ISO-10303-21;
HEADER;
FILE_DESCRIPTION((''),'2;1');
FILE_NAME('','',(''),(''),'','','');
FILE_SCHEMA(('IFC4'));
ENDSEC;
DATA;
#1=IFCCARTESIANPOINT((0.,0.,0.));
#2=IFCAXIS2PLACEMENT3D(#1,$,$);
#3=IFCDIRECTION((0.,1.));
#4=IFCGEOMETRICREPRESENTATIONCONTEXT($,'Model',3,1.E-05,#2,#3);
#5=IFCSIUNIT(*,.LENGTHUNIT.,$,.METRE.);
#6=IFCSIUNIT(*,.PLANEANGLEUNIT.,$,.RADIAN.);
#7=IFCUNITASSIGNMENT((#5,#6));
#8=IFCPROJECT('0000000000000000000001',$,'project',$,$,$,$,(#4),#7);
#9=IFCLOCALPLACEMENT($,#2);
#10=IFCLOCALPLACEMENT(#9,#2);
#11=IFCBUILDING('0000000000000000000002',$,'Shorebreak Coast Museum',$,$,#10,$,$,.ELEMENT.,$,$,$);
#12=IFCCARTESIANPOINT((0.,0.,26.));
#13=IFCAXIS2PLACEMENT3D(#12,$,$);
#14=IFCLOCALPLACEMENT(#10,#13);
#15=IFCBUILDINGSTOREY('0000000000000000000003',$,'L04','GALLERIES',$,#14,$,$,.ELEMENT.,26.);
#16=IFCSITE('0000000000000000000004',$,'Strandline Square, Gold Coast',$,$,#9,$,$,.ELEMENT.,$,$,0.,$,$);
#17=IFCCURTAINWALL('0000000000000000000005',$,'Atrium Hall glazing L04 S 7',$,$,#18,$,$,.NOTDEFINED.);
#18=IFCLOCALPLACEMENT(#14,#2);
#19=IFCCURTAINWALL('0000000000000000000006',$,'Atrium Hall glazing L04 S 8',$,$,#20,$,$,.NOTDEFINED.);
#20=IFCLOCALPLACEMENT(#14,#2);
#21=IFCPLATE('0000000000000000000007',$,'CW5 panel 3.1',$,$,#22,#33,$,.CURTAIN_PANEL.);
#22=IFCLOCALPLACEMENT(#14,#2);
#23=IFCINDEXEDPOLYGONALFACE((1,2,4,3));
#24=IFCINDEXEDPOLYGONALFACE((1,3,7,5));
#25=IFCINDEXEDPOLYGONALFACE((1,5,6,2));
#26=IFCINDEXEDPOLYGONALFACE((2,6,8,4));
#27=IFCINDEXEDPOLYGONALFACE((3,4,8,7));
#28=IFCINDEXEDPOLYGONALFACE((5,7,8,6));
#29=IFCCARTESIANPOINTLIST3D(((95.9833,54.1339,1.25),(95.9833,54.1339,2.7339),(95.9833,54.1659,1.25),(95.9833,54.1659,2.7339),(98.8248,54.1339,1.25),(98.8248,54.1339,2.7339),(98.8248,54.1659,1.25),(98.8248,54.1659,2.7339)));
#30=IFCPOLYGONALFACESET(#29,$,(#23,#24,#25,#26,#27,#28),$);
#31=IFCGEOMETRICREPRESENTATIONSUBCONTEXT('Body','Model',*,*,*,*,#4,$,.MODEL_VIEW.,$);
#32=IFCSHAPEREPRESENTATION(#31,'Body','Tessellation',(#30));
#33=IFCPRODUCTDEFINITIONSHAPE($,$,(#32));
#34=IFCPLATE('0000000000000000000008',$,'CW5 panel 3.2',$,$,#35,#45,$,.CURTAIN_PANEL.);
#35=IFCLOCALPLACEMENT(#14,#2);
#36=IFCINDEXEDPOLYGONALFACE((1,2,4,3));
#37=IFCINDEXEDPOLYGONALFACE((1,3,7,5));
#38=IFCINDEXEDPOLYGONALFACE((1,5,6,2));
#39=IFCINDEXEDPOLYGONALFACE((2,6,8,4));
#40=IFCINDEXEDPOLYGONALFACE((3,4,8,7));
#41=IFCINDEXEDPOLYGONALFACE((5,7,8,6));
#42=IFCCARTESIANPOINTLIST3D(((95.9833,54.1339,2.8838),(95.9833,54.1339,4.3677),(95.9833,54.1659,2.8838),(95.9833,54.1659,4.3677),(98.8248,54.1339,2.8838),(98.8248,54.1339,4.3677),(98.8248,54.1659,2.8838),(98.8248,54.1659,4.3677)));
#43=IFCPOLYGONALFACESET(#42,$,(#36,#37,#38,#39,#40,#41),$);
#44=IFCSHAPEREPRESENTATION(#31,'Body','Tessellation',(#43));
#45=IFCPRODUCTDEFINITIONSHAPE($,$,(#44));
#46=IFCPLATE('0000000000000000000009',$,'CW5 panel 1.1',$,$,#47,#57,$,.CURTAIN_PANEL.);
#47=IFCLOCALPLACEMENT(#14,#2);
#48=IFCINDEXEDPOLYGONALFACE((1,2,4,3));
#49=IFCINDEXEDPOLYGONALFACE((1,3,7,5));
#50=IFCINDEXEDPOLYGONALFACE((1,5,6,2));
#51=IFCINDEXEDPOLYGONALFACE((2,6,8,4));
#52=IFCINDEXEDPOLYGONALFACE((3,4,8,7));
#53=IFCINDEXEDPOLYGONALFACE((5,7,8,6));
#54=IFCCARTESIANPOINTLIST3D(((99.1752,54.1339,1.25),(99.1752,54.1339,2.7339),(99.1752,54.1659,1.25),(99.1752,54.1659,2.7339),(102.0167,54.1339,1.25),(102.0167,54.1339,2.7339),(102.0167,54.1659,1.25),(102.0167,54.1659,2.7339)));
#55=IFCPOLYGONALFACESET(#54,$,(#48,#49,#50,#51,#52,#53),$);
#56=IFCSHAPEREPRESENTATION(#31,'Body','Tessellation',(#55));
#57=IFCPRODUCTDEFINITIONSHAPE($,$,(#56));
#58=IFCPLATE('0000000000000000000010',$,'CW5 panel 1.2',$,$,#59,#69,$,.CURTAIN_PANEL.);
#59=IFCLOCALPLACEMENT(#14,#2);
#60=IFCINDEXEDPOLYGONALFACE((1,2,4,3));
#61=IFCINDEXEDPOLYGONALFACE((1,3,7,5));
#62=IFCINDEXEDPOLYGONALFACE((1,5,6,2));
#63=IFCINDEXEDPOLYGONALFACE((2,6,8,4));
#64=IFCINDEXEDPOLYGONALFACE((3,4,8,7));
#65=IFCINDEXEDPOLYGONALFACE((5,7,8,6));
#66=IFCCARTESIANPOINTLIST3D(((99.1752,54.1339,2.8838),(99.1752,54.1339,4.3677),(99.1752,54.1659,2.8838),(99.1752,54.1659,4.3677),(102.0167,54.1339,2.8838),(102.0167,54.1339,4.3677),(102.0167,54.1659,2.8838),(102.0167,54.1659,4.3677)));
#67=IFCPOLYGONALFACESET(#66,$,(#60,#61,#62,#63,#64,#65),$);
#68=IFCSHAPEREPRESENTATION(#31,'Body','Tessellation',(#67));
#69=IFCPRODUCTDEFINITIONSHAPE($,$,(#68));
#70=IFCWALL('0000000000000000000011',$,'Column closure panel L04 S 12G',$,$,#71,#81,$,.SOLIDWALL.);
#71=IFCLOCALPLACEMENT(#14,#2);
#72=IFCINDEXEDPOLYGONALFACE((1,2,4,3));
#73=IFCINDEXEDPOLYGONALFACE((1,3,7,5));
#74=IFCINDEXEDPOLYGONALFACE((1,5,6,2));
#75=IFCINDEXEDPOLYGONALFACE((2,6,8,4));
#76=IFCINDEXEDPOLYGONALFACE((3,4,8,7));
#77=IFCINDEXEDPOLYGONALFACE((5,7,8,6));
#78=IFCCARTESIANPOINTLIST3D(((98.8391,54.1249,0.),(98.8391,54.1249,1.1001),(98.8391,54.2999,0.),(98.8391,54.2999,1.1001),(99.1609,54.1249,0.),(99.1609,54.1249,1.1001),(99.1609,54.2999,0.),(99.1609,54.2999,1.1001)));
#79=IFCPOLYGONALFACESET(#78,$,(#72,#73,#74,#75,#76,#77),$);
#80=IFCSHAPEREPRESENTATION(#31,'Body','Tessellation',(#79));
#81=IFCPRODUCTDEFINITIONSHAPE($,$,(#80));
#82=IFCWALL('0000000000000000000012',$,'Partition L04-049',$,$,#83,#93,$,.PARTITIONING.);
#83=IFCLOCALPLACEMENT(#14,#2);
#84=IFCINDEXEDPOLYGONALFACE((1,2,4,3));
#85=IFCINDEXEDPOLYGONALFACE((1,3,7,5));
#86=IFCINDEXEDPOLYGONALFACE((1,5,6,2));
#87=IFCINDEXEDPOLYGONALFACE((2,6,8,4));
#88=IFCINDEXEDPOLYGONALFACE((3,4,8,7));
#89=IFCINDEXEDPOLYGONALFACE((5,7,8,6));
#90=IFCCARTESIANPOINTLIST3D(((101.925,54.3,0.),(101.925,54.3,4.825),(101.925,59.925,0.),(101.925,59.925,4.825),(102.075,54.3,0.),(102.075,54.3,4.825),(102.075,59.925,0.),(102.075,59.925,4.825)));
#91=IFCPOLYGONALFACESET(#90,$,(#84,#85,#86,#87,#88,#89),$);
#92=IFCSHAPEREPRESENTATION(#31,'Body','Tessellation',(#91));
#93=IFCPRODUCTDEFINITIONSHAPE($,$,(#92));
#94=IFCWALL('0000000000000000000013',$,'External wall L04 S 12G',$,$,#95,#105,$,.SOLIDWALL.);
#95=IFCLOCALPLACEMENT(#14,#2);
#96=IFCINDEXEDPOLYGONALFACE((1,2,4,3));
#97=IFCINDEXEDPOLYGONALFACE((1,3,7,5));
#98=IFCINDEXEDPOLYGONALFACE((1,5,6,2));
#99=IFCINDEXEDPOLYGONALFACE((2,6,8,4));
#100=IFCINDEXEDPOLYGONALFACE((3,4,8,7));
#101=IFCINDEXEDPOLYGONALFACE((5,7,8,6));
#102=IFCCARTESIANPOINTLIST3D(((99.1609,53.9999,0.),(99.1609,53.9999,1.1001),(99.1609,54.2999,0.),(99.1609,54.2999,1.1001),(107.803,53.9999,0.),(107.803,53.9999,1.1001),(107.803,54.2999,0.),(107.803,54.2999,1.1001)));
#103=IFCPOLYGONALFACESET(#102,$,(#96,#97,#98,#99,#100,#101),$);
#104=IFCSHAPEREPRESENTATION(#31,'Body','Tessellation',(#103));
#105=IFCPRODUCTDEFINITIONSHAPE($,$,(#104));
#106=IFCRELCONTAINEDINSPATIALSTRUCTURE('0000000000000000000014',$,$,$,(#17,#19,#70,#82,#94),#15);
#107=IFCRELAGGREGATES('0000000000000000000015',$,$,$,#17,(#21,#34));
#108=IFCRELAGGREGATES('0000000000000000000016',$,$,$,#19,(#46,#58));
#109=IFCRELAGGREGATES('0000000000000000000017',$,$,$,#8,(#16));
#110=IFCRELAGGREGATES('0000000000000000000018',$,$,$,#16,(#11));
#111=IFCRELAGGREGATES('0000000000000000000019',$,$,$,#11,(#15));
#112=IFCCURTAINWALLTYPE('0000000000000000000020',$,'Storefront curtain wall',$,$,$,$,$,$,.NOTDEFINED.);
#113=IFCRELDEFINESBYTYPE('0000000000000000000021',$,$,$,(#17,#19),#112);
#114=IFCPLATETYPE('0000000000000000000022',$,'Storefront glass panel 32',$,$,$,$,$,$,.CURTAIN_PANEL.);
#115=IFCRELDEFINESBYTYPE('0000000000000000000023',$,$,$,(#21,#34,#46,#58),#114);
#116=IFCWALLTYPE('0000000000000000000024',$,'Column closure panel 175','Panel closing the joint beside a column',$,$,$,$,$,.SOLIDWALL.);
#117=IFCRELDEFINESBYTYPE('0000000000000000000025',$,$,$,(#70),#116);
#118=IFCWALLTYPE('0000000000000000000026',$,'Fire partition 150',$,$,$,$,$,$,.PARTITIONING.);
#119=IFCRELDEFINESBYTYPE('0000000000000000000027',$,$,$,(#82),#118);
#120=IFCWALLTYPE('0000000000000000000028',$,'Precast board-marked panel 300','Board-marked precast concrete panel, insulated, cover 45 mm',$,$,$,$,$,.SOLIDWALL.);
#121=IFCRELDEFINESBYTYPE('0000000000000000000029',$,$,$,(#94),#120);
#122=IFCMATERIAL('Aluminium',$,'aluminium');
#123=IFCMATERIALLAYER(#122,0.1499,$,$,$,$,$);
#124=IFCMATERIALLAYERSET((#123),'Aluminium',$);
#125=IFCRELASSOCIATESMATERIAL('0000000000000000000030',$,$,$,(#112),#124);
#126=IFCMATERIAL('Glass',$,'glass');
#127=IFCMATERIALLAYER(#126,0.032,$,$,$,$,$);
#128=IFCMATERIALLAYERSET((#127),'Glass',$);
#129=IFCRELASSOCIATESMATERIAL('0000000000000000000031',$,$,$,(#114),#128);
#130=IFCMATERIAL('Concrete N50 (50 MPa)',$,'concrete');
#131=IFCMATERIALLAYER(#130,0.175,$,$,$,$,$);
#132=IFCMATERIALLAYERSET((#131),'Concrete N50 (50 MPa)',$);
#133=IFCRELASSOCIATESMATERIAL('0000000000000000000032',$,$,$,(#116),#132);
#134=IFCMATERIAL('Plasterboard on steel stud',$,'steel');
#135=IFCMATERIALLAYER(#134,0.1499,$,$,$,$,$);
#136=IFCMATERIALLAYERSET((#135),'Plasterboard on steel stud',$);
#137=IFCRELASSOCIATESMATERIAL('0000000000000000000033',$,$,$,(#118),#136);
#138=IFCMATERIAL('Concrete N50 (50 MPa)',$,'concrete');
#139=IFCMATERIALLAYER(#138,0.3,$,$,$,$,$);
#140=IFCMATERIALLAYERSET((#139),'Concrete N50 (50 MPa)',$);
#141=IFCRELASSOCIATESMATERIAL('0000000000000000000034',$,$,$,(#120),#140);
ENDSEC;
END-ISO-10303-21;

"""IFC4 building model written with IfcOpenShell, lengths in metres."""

from ifc_helpers import new_model, si_unit, direction, frame, frame_2d, origin, origin_2d, place, context, subcontext, project, spatial, rectangle, extrude, material, layer, layer_set, type_object, element, aggregate, save


model = new_model("IFC4")

# Units and contexts
model_context = context("Model", 3, precision=1e-05, world=origin(), true_north=direction((0.0, 1.0)))
body_context = subcontext(model_context, "Body", "Model", "MODEL_VIEW")
ifc_project = project(units=[si_unit("LENGTHUNIT", "METRE"), si_unit("PLANEANGLEUNIT", "RADIAN")], contexts=[model_context])

# Site, building, storey
site_placement = place(None, origin())
site = spatial("IfcSite", under=ifc_project, at=site_placement, Name="Strandline Square, Gold Coast", CompositionType="ELEMENT", RefElevation=0.0)
building_placement = place(site_placement, origin())
building = spatial("IfcBuilding", under=site, at=building_placement, Name="Shorebreak Coast Museum", CompositionType="ELEMENT")
storey_placement = place(building_placement, frame((0.0, 0.0, 26.0)))
storey = spatial("IfcBuildingStorey", under=building, at=storey_placement, Name="L04", Description="GALLERIES", CompositionType="ELEMENT", Elevation=26.0)

# Curtain wall
ifc_material_1 = material(Name="Aluminium", Category="aluminium")
ifc_layer_1 = layer(ifc_material_1, 0.1499)
ifc_layer_set_1 = layer_set([ifc_layer_1], Name="Aluminium")
curtain_wall_type_1 = type_object("IfcCurtainWallType", Name="Storefront curtain wall", PredefinedType="NOTDEFINED", material=ifc_layer_set_1)
curtain_wall_1_placement = place(storey_placement, origin())
curtain_wall_1 = element("IfcCurtainWall", 1, at=curtain_wall_1_placement, inside=storey, type_object=curtain_wall_type_1, Name="Atrium Hall glazing L04 S 7", PredefinedType="NOTDEFINED")

# Curtain wall
curtain_wall_2_placement = place(storey_placement, origin())
curtain_wall_2 = element("IfcCurtainWall", 2, at=curtain_wall_2_placement, inside=storey, type_object=curtain_wall_type_1, Name="Atrium Hall glazing L04 S 8", PredefinedType="NOTDEFINED")

# Plates
ifc_material_2 = material(Name="Glass", Category="glass")
ifc_layer_2 = layer(ifc_material_2, 0.032)
ifc_layer_set_2 = layer_set([ifc_layer_2], Name="Glass")
plate_type_1 = type_object("IfcPlateType", Name="Storefront glass panel 32", PredefinedType="CURTAIN_PANEL", material=ifc_layer_set_2)
plate_1_placement = place(storey_placement, frame((97.4041, 54.1499, 1.25), z_axis=(0.0, 0.0, 1.0), x_axis=(1.0, 0.0, 0.0)))
plate_1 = element("IfcPlate", 3, at=plate_1_placement, type_object=plate_type_1, Name="CW5 panel 3.1", PredefinedType="CURTAIN_PANEL", context=body_context, shape_type="SweptSolid", body=[
    extrude(rectangle(XDim=2.8416, YDim=0.032, at=origin_2d()), origin(), (0.0, 0.0, 1.0), 1.4839),
])
plate_2_placement = place(storey_placement, frame((97.4041, 54.1499, 2.8838), z_axis=(0.0, 0.0, 1.0), x_axis=(1.0, 0.0, 0.0)))
plate_2 = element("IfcPlate", 4, at=plate_2_placement, type_object=plate_type_1, Name="CW5 panel 3.2", PredefinedType="CURTAIN_PANEL", context=body_context, shape_type="SweptSolid", body=[
    extrude(rectangle(XDim=2.8416, YDim=0.032, at=origin_2d()), origin(), (0.0, 0.0, 1.0), 1.4839),
])
aggregate(curtain_wall_1, [plate_1, plate_2])
plate_3_placement = place(storey_placement, frame((100.5959, 54.1499, 1.25), z_axis=(0.0, 0.0, 1.0), x_axis=(1.0, 0.0, 0.0)))
plate_3 = element("IfcPlate", 5, at=plate_3_placement, type_object=plate_type_1, Name="CW5 panel 1.1", PredefinedType="CURTAIN_PANEL", context=body_context, shape_type="SweptSolid", body=[
    extrude(rectangle(XDim=2.8416, YDim=0.032, at=origin_2d()), origin(), (0.0, 0.0, 1.0), 1.4839),
])
plate_4_placement = place(storey_placement, frame((100.5959, 54.1499, 2.8838), z_axis=(0.0, 0.0, 1.0), x_axis=(1.0, 0.0, 0.0)))
plate_4 = element("IfcPlate", 6, at=plate_4_placement, type_object=plate_type_1, Name="CW5 panel 1.2", PredefinedType="CURTAIN_PANEL", context=body_context, shape_type="SweptSolid", body=[
    extrude(rectangle(XDim=2.8416, YDim=0.032, at=origin_2d()), origin(), (0.0, 0.0, 1.0), 1.4839),
])
aggregate(curtain_wall_2, [plate_3, plate_4])

# Walls
ifc_material_3 = material(Name="Concrete N50 (50 MPa)", Category="concrete")
ifc_layer_3 = layer(ifc_material_3, 0.175)
ifc_layer_set_3 = layer_set([ifc_layer_3], Name="Concrete N50 (50 MPa)")
wall_type_1 = type_object("IfcWallType", Name="Column closure panel 175", Description="Panel closing the joint beside a column", PredefinedType="SOLIDWALL", material=ifc_layer_set_3)
wall_1_placement = place(storey_placement, frame((98.8391, 54.2124, 0.0), z_axis=(0.0, 0.0, 1.0), x_axis=(1.0, 0.0, 0.0)))
element("IfcWall", 7, at=wall_1_placement, inside=storey, type_object=wall_type_1, Name="Column closure panel L04 S 12G", PredefinedType="SOLIDWALL", context=body_context, shape_type="SweptSolid", body=[
    extrude(rectangle(XDim=0.3218, YDim=0.175, at=frame_2d((0.1609, 0.0))), origin(), (0.0, 0.0, 1.0), 1.1001),
])
ifc_material_4 = material(Name="Plasterboard on steel stud", Category="steel")
ifc_layer_4 = layer(ifc_material_4, 0.1499)
ifc_layer_set_4 = layer_set([ifc_layer_4], Name="Plasterboard on steel stud")
wall_type_2 = type_object("IfcWallType", Name="Fire partition 150", PredefinedType="PARTITIONING", material=ifc_layer_set_4)
wall_2_placement = place(storey_placement, frame((102.0, 54.3, 0.0), z_axis=(0.0, 0.0, 1.0), x_axis=(0.0, 1.0, 0.0)))
element("IfcWall", 8, at=wall_2_placement, inside=storey, type_object=wall_type_2, Name="Partition L04-049", PredefinedType="PARTITIONING", context=body_context, shape_type="SweptSolid", body=[
    extrude(rectangle(XDim=5.625, YDim=0.1499, at=frame_2d((2.8125, 0.0))), origin(), (0.0, 0.0, 1.0), 4.825),
])
ifc_material_5 = material(Name="Concrete N50 (50 MPa)", Category="concrete")
ifc_layer_5 = layer(ifc_material_5, 0.3)
ifc_layer_set_5 = layer_set([ifc_layer_5], Name="Concrete N50 (50 MPa)")
wall_type_3 = type_object("IfcWallType", Name="Precast board-marked panel 300", Description="Board-marked precast concrete panel, insulated, cover 45 mm", PredefinedType="SOLIDWALL", material=ifc_layer_set_5)
wall_3_placement = place(storey_placement, frame((99.1609, 54.1499, 0.0), z_axis=(0.0, 0.0, 1.0), x_axis=(1.0, 0.0, 0.0)))
element("IfcWall", 9, at=wall_3_placement, inside=storey, type_object=wall_type_3, Name="External wall L04 S 12G", PredefinedType="SOLIDWALL", context=body_context, shape_type="SweptSolid", body=[
    extrude(rectangle(XDim=8.6421, YDim=0.3, at=frame_2d((4.321, 0.0))), origin(), (0.0, 0.0, 1.0), 1.1001),
])

save(model, "model.ifc")
